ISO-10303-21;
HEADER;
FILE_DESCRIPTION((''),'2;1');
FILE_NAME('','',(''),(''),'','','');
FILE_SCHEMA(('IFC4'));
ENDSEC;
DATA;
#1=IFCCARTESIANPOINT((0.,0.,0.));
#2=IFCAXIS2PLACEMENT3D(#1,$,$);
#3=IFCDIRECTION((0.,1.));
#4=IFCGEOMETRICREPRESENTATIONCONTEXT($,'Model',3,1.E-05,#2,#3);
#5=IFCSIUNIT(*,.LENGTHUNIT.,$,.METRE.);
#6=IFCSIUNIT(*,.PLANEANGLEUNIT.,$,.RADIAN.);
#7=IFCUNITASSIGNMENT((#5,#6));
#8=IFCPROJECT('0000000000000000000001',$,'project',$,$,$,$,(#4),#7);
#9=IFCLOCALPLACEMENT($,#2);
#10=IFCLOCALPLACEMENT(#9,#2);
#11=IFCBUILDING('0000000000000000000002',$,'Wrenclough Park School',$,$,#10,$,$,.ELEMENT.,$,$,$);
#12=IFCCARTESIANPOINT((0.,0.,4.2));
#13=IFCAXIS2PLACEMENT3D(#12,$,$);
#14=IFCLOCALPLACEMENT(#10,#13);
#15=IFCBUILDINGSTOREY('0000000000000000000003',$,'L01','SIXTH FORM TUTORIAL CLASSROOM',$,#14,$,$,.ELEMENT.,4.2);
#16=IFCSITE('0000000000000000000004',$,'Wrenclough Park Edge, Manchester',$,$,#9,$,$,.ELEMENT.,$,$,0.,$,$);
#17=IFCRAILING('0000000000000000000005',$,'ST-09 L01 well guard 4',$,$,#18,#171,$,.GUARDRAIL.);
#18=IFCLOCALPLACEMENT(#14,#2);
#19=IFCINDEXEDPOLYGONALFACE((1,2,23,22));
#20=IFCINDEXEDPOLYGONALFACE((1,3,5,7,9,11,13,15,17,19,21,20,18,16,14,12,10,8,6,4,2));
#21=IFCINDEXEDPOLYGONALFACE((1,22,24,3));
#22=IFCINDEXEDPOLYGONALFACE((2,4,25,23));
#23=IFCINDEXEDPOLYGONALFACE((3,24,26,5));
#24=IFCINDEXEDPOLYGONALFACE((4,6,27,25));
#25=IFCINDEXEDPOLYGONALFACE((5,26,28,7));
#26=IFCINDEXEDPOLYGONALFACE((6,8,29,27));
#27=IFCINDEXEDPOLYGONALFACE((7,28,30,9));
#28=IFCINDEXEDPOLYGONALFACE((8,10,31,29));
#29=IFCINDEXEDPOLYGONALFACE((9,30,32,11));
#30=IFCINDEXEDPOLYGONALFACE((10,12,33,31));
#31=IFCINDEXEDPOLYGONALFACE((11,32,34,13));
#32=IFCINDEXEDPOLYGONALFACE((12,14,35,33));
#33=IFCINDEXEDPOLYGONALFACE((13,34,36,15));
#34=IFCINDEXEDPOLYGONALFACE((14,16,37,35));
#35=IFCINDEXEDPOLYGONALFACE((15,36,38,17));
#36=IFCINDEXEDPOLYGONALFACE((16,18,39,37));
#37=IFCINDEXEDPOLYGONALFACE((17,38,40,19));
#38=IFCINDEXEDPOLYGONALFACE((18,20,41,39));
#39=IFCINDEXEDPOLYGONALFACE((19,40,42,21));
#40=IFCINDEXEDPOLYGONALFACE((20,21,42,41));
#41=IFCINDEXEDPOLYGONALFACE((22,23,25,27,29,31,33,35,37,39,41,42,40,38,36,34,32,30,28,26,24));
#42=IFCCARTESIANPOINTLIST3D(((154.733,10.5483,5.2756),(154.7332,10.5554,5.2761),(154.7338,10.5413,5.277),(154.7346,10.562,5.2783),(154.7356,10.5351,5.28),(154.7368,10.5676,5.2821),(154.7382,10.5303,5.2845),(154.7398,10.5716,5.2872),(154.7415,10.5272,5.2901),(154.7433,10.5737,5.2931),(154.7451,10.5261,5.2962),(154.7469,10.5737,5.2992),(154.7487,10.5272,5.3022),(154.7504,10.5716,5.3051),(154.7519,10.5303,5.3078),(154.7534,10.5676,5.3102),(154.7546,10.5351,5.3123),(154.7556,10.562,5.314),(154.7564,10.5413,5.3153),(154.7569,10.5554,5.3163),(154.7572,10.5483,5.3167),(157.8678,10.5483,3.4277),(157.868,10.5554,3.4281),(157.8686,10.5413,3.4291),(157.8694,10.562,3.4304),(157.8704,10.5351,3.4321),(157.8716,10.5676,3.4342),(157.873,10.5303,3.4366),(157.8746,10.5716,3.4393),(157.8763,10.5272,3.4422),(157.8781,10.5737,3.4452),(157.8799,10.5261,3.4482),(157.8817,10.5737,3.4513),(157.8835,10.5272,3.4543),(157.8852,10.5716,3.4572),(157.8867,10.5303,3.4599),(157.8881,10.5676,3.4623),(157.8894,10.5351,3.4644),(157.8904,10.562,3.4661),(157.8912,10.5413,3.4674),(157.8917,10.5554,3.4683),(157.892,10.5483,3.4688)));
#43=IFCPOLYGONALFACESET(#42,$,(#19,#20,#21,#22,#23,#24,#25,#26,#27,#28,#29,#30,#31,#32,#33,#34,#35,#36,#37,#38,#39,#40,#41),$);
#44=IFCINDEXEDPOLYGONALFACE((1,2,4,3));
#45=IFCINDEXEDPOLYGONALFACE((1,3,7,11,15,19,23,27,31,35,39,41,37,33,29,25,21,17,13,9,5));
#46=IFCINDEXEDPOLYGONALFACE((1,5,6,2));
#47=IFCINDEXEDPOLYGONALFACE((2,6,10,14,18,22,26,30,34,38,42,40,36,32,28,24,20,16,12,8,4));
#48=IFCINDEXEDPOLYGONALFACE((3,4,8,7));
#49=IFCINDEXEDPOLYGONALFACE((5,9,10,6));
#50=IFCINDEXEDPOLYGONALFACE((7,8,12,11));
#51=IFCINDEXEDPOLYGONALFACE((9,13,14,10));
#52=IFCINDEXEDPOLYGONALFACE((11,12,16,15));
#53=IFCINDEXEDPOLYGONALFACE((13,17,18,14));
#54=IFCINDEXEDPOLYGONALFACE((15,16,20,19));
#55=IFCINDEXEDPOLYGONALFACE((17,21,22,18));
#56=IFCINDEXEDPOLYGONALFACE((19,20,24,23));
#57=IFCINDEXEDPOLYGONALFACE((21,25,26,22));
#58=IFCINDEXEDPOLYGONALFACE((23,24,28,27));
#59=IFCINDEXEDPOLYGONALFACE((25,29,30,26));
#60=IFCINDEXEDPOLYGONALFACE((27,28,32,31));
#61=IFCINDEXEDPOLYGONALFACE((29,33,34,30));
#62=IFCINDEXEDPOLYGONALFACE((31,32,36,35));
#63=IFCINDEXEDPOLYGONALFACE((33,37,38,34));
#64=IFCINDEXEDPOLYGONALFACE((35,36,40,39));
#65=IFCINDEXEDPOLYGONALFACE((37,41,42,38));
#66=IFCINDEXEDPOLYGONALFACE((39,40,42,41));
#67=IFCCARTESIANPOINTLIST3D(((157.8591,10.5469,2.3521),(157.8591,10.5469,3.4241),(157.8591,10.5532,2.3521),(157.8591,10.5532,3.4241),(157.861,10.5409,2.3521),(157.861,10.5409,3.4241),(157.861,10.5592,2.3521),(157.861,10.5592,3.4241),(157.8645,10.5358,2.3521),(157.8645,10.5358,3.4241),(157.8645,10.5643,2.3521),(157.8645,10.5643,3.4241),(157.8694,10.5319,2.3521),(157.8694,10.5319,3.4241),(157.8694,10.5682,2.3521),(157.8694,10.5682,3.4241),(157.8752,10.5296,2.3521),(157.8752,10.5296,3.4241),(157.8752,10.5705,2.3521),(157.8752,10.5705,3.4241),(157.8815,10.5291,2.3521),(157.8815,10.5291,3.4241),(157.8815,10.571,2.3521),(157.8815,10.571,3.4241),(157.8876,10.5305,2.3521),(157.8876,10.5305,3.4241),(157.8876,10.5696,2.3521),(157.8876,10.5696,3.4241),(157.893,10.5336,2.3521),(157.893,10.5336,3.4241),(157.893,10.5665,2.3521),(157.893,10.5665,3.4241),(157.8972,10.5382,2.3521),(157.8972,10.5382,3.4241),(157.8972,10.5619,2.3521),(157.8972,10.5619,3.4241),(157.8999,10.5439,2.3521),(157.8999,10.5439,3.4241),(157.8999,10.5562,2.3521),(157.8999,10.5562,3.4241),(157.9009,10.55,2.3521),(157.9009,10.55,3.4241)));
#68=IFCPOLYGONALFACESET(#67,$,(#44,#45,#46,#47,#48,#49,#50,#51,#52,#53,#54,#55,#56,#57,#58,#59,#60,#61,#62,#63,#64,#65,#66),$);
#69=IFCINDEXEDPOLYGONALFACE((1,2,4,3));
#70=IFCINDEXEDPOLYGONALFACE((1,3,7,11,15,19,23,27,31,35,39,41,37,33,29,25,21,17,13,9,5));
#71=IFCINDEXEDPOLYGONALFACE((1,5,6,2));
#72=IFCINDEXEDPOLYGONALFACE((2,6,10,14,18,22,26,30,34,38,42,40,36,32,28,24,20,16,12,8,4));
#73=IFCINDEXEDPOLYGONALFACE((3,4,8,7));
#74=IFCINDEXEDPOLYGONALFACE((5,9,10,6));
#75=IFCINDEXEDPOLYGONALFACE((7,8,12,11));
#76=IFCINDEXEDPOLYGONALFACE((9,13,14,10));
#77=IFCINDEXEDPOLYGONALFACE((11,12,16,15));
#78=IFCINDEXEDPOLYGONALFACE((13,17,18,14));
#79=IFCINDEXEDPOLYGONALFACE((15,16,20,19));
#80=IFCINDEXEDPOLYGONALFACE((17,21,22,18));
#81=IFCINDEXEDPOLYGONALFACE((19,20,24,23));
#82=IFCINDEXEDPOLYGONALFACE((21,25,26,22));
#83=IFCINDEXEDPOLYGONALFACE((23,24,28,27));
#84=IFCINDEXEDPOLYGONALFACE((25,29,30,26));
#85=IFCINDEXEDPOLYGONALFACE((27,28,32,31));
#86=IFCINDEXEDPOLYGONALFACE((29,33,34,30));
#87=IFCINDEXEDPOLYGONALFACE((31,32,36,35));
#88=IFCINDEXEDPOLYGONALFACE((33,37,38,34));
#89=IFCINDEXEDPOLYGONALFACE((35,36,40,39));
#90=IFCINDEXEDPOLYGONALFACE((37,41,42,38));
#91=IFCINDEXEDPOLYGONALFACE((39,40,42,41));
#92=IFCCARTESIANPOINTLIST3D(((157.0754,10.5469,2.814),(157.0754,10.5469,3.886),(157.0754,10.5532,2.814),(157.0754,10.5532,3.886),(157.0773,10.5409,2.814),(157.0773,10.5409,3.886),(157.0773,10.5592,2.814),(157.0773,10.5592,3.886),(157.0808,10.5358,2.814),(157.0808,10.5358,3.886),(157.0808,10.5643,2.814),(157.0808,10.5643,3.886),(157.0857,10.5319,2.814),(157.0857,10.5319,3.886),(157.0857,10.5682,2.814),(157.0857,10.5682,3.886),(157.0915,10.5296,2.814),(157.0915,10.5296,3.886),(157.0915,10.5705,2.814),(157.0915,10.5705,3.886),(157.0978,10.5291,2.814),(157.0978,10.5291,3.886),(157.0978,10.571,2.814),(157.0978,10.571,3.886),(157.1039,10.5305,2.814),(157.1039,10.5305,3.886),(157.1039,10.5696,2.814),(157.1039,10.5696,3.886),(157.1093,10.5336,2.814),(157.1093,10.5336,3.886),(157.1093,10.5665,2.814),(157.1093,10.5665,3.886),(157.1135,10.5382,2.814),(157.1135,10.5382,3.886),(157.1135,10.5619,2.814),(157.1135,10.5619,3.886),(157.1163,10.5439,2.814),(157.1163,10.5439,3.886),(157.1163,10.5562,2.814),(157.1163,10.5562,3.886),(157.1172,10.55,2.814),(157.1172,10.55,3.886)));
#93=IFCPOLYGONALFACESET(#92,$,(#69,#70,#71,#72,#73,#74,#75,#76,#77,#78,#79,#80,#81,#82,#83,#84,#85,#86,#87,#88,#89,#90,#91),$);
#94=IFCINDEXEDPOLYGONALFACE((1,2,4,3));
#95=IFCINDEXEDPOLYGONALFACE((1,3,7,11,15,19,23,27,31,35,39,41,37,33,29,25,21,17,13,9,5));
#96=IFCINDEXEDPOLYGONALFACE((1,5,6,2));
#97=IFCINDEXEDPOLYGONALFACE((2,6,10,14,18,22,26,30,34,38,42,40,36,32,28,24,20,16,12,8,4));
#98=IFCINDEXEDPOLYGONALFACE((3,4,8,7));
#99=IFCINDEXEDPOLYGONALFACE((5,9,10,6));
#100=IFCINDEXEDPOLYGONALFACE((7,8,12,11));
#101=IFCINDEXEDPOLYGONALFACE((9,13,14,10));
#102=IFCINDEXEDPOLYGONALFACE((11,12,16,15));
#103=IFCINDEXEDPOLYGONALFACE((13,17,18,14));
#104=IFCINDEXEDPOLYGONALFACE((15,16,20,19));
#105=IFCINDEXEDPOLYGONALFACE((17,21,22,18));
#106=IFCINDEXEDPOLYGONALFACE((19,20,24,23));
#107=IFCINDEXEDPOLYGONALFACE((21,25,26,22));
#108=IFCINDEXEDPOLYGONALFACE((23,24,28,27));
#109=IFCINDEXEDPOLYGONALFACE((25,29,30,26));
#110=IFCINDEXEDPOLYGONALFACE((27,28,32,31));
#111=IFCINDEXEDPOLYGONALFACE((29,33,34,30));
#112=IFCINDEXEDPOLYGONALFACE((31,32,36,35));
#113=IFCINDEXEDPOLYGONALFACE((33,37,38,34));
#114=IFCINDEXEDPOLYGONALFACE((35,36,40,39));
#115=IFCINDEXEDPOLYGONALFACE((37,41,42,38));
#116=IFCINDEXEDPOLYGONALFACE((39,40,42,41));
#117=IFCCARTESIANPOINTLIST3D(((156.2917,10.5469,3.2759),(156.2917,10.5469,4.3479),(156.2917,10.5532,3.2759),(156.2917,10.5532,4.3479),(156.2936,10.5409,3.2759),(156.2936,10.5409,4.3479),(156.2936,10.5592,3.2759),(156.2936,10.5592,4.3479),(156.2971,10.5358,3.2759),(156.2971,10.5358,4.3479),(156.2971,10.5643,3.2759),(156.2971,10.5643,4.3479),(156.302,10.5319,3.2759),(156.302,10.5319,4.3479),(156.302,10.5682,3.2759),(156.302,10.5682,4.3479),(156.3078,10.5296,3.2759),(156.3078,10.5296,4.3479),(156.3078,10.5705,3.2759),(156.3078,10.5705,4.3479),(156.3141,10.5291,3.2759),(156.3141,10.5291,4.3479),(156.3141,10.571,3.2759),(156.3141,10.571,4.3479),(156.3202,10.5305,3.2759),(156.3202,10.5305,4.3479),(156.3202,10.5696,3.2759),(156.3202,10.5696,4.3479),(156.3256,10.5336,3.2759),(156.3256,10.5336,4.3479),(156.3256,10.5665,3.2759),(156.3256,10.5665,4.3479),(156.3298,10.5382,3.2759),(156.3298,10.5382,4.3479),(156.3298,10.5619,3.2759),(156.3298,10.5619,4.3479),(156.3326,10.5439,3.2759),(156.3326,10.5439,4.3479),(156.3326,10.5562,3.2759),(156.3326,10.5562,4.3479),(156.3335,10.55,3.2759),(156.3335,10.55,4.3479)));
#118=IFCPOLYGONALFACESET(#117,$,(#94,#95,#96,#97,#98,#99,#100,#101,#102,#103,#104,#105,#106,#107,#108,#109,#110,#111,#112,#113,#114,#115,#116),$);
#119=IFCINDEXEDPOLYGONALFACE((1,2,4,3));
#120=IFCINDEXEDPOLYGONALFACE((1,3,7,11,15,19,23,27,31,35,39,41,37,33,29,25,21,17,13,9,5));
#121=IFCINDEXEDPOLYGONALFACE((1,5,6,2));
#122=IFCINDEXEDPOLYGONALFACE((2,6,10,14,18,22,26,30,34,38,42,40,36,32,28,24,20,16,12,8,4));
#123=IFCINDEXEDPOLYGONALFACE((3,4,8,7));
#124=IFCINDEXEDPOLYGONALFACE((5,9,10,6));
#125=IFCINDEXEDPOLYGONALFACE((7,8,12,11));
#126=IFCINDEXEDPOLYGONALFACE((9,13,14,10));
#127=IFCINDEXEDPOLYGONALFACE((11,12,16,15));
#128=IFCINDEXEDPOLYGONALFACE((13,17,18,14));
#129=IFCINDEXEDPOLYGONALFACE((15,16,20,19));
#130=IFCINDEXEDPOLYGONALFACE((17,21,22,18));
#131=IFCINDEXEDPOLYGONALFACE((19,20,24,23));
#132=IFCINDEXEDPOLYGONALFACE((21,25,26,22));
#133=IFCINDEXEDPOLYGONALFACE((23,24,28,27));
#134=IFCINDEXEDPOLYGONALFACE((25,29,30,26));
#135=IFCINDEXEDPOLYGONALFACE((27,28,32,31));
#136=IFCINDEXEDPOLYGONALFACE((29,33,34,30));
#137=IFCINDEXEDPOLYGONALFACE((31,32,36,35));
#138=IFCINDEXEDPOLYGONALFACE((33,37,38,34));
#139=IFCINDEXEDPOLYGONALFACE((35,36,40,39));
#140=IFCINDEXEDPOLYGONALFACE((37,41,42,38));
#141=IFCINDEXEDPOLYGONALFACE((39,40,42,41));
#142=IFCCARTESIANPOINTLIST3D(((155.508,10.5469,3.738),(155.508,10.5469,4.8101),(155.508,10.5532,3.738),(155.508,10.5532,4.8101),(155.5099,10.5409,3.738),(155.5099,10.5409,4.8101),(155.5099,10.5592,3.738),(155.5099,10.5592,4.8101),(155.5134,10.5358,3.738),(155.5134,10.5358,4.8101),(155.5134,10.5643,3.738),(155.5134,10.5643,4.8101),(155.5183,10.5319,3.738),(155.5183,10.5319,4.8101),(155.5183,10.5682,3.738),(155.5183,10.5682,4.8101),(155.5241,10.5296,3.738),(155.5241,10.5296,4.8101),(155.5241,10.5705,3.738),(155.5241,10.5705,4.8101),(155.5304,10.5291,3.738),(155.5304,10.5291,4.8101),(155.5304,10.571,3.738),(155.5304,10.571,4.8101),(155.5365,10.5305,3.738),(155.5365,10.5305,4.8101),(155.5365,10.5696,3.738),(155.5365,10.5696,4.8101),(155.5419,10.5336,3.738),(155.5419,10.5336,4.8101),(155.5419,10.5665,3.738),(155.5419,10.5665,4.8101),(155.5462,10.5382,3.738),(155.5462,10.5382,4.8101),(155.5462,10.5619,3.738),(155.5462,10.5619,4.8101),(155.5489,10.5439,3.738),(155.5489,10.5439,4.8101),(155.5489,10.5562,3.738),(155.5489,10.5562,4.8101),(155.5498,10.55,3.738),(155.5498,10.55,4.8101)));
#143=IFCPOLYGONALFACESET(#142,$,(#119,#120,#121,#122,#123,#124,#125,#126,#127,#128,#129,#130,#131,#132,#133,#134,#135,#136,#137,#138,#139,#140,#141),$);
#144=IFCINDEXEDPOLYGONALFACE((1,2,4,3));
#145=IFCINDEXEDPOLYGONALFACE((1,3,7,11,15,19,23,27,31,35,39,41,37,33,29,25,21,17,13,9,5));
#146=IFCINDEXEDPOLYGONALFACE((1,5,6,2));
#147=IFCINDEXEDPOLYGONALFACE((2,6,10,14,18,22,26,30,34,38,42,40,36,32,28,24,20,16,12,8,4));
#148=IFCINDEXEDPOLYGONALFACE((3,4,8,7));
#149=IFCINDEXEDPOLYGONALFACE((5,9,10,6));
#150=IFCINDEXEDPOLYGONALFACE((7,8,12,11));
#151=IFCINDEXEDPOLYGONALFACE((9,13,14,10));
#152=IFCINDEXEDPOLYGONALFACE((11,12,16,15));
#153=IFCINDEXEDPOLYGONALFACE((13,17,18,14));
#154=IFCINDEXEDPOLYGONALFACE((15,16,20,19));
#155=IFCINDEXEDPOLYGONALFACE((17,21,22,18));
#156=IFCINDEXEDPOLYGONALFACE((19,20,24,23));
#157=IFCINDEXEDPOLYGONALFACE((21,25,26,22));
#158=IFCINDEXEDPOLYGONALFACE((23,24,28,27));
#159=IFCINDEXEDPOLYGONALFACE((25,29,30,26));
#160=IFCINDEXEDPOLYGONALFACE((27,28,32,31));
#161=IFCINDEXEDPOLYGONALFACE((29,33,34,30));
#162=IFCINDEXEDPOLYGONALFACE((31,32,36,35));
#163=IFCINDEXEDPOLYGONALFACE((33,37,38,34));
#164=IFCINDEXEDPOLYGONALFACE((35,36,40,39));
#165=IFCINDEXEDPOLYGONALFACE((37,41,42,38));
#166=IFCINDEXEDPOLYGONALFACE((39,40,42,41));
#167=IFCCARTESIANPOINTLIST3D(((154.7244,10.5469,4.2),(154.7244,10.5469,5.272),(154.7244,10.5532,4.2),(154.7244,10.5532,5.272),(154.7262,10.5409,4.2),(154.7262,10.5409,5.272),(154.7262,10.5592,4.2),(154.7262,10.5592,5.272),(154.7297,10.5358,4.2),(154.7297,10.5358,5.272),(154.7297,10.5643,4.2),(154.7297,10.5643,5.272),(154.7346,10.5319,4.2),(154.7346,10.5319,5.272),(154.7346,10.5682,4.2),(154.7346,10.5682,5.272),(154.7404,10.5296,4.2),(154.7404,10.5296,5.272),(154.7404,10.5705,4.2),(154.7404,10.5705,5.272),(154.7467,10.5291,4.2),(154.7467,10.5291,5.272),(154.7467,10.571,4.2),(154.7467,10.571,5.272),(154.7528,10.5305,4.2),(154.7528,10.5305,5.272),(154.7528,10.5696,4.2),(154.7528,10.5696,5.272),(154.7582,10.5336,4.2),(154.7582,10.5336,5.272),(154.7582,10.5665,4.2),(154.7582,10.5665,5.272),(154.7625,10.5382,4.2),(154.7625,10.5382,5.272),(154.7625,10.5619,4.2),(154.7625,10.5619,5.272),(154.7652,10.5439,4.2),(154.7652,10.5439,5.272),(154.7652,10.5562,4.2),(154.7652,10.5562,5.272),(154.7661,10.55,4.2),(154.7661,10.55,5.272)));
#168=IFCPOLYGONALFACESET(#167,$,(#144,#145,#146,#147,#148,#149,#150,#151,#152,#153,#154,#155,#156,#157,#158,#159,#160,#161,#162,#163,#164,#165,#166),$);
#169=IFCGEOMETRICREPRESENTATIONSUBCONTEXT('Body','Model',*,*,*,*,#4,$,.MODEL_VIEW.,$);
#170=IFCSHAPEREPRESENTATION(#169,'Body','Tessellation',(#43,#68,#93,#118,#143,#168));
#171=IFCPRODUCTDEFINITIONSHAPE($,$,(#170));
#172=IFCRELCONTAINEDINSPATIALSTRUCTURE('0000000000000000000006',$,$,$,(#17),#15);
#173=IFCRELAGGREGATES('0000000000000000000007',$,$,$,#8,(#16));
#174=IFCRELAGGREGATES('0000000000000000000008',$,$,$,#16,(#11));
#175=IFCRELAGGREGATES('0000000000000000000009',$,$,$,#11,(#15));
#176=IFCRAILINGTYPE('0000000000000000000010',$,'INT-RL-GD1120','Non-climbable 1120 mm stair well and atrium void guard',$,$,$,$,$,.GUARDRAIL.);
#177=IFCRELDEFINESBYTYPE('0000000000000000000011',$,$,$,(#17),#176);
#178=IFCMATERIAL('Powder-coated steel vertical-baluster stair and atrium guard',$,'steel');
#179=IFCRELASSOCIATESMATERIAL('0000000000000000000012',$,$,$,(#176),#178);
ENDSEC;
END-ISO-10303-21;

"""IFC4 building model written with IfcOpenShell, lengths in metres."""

from ifc_helpers import new_model, si_unit, direction, frame, origin, origin_2d, place, context, subcontext, project, spatial, circle, extrude, material, type_object, element, save


model = new_model("IFC4")

# Units and contexts
model_context = context("Model", 3, precision=1e-05, world=origin(), true_north=direction((0.0, 1.0)))
body_context = subcontext(model_context, "Body", "Model", "MODEL_VIEW")
ifc_project = project(units=[si_unit("LENGTHUNIT", "METRE"), si_unit("PLANEANGLEUNIT", "RADIAN")], contexts=[model_context])

# Site, building, storey
site_placement = place(None, origin())
site = spatial("IfcSite", under=ifc_project, at=site_placement, Name="Wrenclough Park Edge, Manchester", CompositionType="ELEMENT", RefElevation=0.0)
building_placement = place(site_placement, origin())
building = spatial("IfcBuilding", under=site, at=building_placement, Name="Wrenclough Park School", CompositionType="ELEMENT")
storey_placement = place(building_placement, frame((0.0, 0.0, 4.2)))
storey = spatial("IfcBuildingStorey", under=building, at=storey_placement, Name="L01", Description="SIXTH FORM TUTORIAL CLASSROOM", CompositionType="ELEMENT", Elevation=4.2)

# Railing
ifc_material_1 = material(Name="Powder-coated steel vertical-baluster stair and atrium guard", Category="steel")
railing_type_1 = type_object("IfcRailingType", Name="INT-RL-GD1120", Description="Non-climbable 1120 mm stair well and atrium void guard", PredefinedType="GUARDRAIL", material=ifc_material_1)
railing_1_placement = place(storey_placement, frame((157.8799, 10.55, 2.3521)))
element("IfcRailing", 1, at=railing_1_placement, inside=storey, type_object=railing_type_1, Name="ST-09 L01 well guard 4", PredefinedType="GUARDRAIL", context=body_context, shape_type="SweptSolid", body=[
    extrude(circle(Radius=0.0239, at=origin_2d()), frame((0.0, 0.0, 1.0962), z_axis=(-0.861463, 0.0, 0.50782), x_axis=(0.0, -1.0, 0.0)), (0.0, 0.0, 1.0), 3.6389),
    extrude(circle(Radius=0.021, at=origin_2d()), origin(), (0.0, 0.0, 1.0), 1.072),
    extrude(circle(Radius=0.021, at=origin_2d()), frame((-0.7837, 0.0, 0.4619)), (0.0, 0.0, 1.0), 1.072),
    extrude(circle(Radius=0.021, at=origin_2d()), frame((-1.5674, 0.0, 0.9238)), (0.0, 0.0, 1.0), 1.072),
    extrude(circle(Radius=0.021, at=origin_2d()), frame((-2.3511, 0.0, 1.386)), (0.0, 0.0, 1.0), 1.072),
    extrude(circle(Radius=0.021, at=origin_2d()), frame((-3.1348, 0.0, 1.8479)), (0.0, 0.0, 1.0), 1.072),
])

save(model, "model.ifc")
